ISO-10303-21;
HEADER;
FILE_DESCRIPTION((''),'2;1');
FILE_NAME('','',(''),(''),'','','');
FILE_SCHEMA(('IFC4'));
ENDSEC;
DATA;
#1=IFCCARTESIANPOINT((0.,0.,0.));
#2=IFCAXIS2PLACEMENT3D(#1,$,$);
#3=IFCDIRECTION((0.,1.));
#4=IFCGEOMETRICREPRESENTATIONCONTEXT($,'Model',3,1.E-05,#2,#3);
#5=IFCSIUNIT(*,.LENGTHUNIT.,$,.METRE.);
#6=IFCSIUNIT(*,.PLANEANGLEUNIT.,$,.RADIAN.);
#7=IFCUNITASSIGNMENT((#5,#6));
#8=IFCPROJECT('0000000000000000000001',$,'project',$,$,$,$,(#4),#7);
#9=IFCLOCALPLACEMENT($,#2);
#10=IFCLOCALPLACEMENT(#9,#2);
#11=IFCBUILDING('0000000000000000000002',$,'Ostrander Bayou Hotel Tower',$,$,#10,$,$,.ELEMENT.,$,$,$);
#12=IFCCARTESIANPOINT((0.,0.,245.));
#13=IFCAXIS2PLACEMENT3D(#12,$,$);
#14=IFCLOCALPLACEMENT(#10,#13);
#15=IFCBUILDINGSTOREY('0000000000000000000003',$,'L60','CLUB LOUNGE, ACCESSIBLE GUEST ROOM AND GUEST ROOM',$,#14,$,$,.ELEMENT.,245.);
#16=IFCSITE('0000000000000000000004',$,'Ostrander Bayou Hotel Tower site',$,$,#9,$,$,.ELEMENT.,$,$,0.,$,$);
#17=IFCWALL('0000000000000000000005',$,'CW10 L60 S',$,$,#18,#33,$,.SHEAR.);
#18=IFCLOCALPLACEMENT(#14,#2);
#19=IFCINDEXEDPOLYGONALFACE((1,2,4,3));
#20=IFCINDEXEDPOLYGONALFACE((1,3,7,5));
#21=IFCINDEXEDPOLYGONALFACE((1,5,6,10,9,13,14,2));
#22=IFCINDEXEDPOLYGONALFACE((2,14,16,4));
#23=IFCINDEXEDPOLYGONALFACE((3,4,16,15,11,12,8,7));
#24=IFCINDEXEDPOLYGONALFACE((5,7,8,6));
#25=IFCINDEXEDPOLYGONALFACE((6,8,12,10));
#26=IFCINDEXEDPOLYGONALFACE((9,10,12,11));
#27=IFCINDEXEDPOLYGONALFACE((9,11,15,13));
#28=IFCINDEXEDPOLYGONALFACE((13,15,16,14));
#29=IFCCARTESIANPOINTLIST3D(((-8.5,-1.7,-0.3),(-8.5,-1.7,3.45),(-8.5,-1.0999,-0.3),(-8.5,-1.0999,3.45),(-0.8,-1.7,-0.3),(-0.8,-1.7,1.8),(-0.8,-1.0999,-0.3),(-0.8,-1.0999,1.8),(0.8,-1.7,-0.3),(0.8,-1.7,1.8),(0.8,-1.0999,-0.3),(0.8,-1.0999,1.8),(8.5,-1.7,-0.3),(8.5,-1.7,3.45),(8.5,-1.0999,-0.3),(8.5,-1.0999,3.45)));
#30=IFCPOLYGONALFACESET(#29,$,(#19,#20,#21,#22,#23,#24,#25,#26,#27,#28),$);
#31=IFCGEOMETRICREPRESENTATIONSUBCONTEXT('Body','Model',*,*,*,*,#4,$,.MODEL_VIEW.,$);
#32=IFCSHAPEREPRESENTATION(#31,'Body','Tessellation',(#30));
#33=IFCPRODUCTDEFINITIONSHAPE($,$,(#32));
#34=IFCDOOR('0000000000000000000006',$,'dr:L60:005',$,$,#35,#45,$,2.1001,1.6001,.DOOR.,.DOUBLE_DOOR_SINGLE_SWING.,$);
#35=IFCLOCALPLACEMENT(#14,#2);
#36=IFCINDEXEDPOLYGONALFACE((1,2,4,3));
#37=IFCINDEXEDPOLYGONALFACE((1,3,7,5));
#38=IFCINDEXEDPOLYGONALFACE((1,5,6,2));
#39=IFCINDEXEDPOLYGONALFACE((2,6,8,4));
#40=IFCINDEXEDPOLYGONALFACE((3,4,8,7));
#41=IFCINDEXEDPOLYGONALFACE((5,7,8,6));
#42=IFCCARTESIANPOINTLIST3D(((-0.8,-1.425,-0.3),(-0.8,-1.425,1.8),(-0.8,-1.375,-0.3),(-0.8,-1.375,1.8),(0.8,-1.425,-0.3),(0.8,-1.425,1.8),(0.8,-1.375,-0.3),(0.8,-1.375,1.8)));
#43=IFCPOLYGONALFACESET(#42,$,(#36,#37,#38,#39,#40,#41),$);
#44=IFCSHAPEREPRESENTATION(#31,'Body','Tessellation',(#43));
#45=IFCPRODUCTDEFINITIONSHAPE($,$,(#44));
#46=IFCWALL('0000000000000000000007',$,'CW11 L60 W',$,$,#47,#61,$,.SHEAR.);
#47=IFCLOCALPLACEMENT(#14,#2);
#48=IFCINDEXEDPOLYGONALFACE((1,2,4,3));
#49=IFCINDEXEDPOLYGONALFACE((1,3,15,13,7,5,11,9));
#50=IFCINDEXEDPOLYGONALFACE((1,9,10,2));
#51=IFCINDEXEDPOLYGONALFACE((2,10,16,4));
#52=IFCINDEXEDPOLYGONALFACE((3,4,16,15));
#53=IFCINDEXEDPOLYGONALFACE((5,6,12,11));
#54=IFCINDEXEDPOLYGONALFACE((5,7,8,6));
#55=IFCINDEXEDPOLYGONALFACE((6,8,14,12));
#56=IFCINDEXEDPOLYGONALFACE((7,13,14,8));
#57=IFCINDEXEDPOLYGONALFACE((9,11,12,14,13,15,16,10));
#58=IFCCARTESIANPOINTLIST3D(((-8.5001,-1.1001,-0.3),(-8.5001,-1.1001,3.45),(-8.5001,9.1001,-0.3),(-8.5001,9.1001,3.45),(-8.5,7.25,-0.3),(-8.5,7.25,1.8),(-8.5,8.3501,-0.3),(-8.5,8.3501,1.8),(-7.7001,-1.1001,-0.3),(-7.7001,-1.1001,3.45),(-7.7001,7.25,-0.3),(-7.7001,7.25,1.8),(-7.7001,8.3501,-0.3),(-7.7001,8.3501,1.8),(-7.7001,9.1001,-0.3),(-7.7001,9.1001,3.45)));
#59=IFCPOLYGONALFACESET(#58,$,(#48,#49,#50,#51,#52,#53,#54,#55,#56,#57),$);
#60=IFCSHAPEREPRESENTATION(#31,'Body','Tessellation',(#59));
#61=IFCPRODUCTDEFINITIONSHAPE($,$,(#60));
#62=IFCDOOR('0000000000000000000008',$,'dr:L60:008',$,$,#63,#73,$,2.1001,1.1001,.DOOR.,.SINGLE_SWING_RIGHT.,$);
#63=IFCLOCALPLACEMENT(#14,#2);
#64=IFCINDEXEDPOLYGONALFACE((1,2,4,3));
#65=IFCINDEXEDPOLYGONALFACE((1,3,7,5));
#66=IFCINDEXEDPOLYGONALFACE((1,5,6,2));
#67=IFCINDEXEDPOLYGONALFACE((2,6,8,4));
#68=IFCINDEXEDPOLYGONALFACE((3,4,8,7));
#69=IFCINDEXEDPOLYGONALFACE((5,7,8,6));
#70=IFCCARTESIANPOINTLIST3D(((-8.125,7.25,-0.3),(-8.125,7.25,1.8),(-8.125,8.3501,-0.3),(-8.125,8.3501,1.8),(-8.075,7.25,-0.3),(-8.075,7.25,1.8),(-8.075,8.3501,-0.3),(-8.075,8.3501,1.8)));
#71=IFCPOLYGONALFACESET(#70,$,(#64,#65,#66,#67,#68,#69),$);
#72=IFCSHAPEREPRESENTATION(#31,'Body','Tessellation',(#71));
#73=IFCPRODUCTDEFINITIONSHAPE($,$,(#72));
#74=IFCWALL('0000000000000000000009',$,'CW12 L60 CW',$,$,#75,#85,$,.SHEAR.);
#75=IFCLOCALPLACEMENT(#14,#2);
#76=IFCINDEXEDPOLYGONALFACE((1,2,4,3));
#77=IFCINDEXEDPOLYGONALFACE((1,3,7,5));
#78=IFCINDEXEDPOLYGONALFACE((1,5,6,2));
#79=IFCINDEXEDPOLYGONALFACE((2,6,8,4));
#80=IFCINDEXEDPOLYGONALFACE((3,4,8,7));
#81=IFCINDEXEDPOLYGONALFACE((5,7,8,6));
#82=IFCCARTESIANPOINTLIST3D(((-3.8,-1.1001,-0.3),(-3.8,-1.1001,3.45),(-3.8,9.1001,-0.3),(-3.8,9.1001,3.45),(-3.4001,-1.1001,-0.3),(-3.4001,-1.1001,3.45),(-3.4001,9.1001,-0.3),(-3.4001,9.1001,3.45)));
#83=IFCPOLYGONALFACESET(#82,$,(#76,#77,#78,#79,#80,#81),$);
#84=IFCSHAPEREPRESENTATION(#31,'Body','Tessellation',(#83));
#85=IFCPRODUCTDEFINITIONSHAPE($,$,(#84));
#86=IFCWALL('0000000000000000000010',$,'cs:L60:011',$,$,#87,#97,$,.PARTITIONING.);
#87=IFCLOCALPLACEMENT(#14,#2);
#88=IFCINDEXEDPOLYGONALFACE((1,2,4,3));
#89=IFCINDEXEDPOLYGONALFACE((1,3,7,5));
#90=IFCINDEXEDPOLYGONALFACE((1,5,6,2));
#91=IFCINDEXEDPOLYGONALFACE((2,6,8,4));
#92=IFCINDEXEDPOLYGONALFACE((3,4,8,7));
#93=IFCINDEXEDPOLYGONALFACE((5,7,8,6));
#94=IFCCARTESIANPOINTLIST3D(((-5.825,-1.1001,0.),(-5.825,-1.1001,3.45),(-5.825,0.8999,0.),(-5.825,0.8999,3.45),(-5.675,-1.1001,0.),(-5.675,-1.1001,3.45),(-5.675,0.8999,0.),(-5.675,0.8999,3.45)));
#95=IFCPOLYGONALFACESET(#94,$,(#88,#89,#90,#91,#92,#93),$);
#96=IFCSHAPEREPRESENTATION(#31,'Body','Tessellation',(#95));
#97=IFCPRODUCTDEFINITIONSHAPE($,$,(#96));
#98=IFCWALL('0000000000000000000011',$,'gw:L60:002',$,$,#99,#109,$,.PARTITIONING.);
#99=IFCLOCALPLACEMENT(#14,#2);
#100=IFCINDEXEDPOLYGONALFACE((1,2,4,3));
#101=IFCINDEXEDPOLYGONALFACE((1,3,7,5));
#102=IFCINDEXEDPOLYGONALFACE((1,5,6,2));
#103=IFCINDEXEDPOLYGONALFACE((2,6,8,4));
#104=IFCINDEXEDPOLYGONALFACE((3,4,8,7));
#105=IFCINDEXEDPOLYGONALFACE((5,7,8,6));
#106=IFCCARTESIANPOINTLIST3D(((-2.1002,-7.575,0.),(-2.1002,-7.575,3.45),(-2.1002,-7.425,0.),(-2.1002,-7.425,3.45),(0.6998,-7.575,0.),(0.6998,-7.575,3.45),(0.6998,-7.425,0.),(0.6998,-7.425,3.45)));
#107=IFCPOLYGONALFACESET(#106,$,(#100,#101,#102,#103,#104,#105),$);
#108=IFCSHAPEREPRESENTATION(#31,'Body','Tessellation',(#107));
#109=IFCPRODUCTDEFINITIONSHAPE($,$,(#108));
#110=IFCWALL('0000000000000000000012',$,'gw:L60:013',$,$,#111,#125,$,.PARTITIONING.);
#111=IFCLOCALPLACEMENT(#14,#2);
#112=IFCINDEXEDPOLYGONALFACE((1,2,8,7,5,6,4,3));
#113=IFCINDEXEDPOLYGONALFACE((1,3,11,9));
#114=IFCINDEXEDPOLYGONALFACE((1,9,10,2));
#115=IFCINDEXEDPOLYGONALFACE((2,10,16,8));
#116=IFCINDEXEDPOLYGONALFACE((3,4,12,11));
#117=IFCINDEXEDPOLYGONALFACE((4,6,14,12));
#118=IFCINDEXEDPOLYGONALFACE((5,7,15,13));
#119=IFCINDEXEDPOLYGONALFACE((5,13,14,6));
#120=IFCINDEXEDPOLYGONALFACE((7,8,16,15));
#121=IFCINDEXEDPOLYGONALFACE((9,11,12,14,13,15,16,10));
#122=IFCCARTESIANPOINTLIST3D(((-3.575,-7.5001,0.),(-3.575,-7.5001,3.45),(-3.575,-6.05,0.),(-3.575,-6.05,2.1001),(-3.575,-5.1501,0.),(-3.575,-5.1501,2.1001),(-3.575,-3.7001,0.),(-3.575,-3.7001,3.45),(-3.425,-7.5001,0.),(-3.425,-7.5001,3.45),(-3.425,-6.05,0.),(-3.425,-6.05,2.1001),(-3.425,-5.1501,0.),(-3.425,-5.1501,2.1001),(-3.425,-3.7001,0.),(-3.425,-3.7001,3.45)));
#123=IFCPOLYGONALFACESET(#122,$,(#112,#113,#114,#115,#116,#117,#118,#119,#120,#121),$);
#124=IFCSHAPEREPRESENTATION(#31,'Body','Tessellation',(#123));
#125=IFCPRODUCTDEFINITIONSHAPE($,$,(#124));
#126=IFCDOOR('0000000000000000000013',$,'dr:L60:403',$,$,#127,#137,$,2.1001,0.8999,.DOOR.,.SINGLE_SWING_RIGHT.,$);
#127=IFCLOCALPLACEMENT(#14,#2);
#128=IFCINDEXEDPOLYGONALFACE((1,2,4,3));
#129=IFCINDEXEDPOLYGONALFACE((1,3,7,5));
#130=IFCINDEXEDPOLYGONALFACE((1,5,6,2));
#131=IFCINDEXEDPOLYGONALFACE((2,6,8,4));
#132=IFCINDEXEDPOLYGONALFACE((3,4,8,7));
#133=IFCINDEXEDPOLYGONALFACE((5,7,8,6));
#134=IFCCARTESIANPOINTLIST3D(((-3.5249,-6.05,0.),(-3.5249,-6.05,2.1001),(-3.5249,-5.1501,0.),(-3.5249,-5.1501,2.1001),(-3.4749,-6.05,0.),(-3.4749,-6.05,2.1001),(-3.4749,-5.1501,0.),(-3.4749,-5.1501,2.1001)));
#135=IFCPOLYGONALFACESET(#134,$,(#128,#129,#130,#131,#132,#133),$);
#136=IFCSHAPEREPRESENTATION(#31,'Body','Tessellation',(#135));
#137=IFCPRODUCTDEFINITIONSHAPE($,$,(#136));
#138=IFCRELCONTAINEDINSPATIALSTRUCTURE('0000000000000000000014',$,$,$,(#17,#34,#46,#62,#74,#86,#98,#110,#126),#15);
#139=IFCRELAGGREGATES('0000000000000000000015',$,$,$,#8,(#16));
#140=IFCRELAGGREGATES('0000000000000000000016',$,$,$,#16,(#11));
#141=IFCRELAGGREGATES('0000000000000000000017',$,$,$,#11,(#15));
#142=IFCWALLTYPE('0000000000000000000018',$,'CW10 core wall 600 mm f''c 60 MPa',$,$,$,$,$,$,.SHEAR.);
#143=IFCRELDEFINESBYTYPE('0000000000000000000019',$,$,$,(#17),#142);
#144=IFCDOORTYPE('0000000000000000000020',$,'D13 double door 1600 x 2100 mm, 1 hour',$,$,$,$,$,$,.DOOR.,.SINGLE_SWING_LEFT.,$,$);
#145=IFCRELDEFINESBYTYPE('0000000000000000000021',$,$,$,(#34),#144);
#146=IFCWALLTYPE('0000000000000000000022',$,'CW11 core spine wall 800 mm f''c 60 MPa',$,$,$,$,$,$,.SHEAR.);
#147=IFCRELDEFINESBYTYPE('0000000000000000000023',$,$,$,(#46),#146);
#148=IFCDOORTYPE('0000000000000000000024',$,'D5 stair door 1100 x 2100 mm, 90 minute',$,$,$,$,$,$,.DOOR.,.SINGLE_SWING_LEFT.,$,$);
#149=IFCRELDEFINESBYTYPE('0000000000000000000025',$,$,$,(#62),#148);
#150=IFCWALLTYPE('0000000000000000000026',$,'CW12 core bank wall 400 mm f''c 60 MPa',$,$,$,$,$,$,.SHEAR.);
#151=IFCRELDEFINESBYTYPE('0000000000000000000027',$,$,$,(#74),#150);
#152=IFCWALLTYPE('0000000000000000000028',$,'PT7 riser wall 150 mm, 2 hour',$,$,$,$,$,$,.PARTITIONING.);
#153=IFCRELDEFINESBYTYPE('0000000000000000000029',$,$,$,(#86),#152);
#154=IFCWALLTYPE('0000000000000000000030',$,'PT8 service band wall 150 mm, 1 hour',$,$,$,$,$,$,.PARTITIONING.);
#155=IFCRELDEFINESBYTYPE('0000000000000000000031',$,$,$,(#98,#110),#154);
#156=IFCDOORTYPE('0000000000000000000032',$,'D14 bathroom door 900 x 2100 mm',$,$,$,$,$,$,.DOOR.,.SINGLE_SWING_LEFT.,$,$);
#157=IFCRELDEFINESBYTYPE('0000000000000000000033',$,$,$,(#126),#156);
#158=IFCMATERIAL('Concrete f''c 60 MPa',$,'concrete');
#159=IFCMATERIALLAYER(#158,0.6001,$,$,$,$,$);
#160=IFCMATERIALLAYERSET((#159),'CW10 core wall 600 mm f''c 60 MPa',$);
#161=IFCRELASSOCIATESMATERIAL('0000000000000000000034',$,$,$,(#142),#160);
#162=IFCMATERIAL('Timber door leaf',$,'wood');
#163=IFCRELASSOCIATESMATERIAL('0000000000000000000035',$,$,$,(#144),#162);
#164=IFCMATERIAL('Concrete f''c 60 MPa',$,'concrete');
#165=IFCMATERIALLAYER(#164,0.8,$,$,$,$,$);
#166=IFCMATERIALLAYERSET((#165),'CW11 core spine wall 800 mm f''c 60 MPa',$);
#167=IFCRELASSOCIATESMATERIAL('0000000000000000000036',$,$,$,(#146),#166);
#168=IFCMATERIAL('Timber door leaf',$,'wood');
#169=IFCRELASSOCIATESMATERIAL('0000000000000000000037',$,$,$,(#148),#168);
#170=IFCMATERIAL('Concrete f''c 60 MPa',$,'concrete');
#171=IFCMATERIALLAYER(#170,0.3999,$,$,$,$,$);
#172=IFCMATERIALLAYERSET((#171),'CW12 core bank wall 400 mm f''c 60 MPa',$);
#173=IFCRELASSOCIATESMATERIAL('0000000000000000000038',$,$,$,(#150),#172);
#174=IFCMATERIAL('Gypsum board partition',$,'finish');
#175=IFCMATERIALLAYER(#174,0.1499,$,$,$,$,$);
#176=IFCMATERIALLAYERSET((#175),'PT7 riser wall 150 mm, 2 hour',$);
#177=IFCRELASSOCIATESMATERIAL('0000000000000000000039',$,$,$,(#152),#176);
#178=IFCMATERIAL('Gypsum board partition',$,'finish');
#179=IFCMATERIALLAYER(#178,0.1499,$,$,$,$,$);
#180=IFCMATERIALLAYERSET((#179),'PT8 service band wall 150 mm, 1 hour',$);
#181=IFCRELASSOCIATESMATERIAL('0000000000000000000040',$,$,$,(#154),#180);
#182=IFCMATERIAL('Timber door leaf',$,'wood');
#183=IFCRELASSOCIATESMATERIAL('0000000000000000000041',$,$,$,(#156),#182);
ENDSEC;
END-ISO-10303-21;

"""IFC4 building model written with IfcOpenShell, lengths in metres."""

from ifc_helpers import new_model, si_unit, direction, frame, frame_2d, origin, place, context, subcontext, project, spatial, rectangle, extrude, material, layer, layer_set, type_object, element, fill, save


model = new_model("IFC4")

# Units and contexts
model_context = context("Model", 3, precision=1e-05, world=origin(), true_north=direction((0.0, 1.0)))
body_context = subcontext(model_context, "Body", "Model", "MODEL_VIEW")
ifc_project = project(units=[si_unit("LENGTHUNIT", "METRE"), si_unit("PLANEANGLEUNIT", "RADIAN")], contexts=[model_context])

# Site, building, storey
site_placement = place(None, origin())
site = spatial("IfcSite", under=ifc_project, at=site_placement, Name="Ostrander Bayou Hotel Tower site", CompositionType="ELEMENT", RefElevation=0.0)
building_placement = place(site_placement, origin())
building = spatial("IfcBuilding", under=site, at=building_placement, Name="Ostrander Bayou Hotel Tower", CompositionType="ELEMENT")
storey_placement = place(building_placement, frame((0.0, 0.0, 245.0)))
storey = spatial("IfcBuildingStorey", under=building, at=storey_placement, Name="L60", Description="CLUB LOUNGE, ACCESSIBLE GUEST ROOM AND GUEST ROOM", CompositionType="ELEMENT", Elevation=245.0)

# Walls, openings, doors
ifc_material_1 = material(Name="Concrete f'c 60 MPa", Category="concrete")
ifc_layer_1 = layer(ifc_material_1, 0.6001)
ifc_layer_set_1 = layer_set([ifc_layer_1], Name="CW10 core wall 600 mm f'c 60 MPa")
wall_type_1 = type_object("IfcWallType", Name="CW10 core wall 600 mm f'c 60 MPa", PredefinedType="SHEAR", material=ifc_layer_set_1)
wall_1_placement = place(storey_placement, frame((-8.5, -1.3999, -0.3), z_axis=(0.0, 0.0, 1.0), x_axis=(1.0, 0.0, 0.0)))
wall_1 = element("IfcWall", 1, at=wall_1_placement, inside=storey, type_object=wall_type_1, Name="CW10 L60 S", PredefinedType="SHEAR", context=body_context, shape_type="SweptSolid", body=[
    extrude(rectangle(XDim=17.0, YDim=0.6001, at=frame_2d((8.5, 0.0))), origin(), (0.0, 0.0, 1.0), 3.75),
])
opening_1_placement = place(wall_1_placement, frame((7.7, 0.0, 0.0)))
opening_1 = element("IfcOpeningElement", 2, at=opening_1_placement, cuts=wall_1, PredefinedType="OPENING", context=body_context, shape_type="SweptSolid", body=[
    extrude(rectangle(XDim=1.6001, YDim=2.1001, at=frame_2d((0.8, 1.05))), frame((0.0, 0.3, 0.0), z_axis=(0.0, -1.0, 0.0), x_axis=(1.0, 0.0, 0.0)), (0.0, 0.0, 1.0), 0.6001),
])
ifc_material_2 = material(Name="Timber door leaf", Category="wood")
door_type_1 = type_object("IfcDoorType", Name="D13 double door 1600 x 2100 mm, 1 hour", OperationType="SINGLE_SWING_LEFT", PredefinedType="DOOR", material=ifc_material_2)
door_1_placement = place(opening_1_placement, origin())
door_1 = element("IfcDoor", 3, at=door_1_placement, inside=storey, type_object=door_type_1, Name="dr:L60:005", OperationType="DOUBLE_DOOR_SINGLE_SWING", OverallHeight=2.1001, OverallWidth=1.6001, PredefinedType="DOOR", context=body_context, shape_type="SweptSolid", body=[
    extrude(rectangle(XDim=1.6001, YDim=2.1001, at=frame_2d((0.8, 1.05))), frame((0.0, 0.0249, 0.0), z_axis=(0.0, -1.0, 0.0), x_axis=(1.0, 0.0, 0.0)), (0.0, 0.0, 1.0), 0.05),
])
fill(opening_1, door_1)
ifc_material_3 = material(Name="Concrete f'c 60 MPa", Category="concrete")
ifc_layer_2 = layer(ifc_material_3, 0.8)
ifc_layer_set_2 = layer_set([ifc_layer_2], Name="CW11 core spine wall 800 mm f'c 60 MPa")
wall_type_2 = type_object("IfcWallType", Name="CW11 core spine wall 800 mm f'c 60 MPa", PredefinedType="SHEAR", material=ifc_layer_set_2)
wall_2_placement = place(storey_placement, frame((-8.1001, -1.1001, -0.3), z_axis=(0.0, 0.0, 1.0), x_axis=(0.0, 1.0, 0.0)))
wall_2 = element("IfcWall", 4, at=wall_2_placement, inside=storey, type_object=wall_type_2, Name="CW11 L60 W", PredefinedType="SHEAR", context=body_context, shape_type="SweptSolid", body=[
    extrude(rectangle(XDim=10.2002, YDim=0.8, at=frame_2d((5.1001, 0.0))), origin(), (0.0, 0.0, 1.0), 3.75),
])
opening_2_placement = place(wall_2_placement, frame((8.3501, 0.0, 0.0)))
opening_2 = element("IfcOpeningElement", 5, at=opening_2_placement, cuts=wall_2, PredefinedType="OPENING", context=body_context, shape_type="SweptSolid", body=[
    extrude(rectangle(XDim=1.1001, YDim=2.1001, at=frame_2d((0.55, 1.05))), frame((0.0, 0.3999, 0.0), z_axis=(0.0, -1.0, 0.0), x_axis=(1.0, 0.0, 0.0)), (0.0, 0.0, 1.0), 0.8),
])
ifc_material_4 = material(Name="Timber door leaf", Category="wood")
door_type_2 = type_object("IfcDoorType", Name="D5 stair door 1100 x 2100 mm, 90 minute", OperationType="SINGLE_SWING_LEFT", PredefinedType="DOOR", material=ifc_material_4)
door_2_placement = place(opening_2_placement, origin())
door_2 = element("IfcDoor", 6, at=door_2_placement, inside=storey, type_object=door_type_2, Name="dr:L60:008", OperationType="SINGLE_SWING_RIGHT", OverallHeight=2.1001, OverallWidth=1.1001, PredefinedType="DOOR", context=body_context, shape_type="SweptSolid", body=[
    extrude(rectangle(XDim=1.1001, YDim=2.1001, at=frame_2d((0.55, 1.05))), frame((0.0, 0.0249, 0.0), z_axis=(0.0, -1.0, 0.0), x_axis=(1.0, 0.0, 0.0)), (0.0, 0.0, 1.0), 0.05),
])
fill(opening_2, door_2)

# Walls
ifc_material_5 = material(Name="Concrete f'c 60 MPa", Category="concrete")
ifc_layer_3 = layer(ifc_material_5, 0.3999)
ifc_layer_set_3 = layer_set([ifc_layer_3], Name="CW12 core bank wall 400 mm f'c 60 MPa")
wall_type_3 = type_object("IfcWallType", Name="CW12 core bank wall 400 mm f'c 60 MPa", PredefinedType="SHEAR", material=ifc_layer_set_3)
wall_3_placement = place(storey_placement, frame((-3.6001, -1.1001, -0.3), z_axis=(0.0, 0.0, 1.0), x_axis=(0.0, 1.0, 0.0)))
element("IfcWall", 7, at=wall_3_placement, inside=storey, type_object=wall_type_3, Name="CW12 L60 CW", PredefinedType="SHEAR", context=body_context, shape_type="SweptSolid", body=[
    extrude(rectangle(XDim=10.2002, YDim=0.3999, at=frame_2d((5.1001, 0.0))), origin(), (0.0, 0.0, 1.0), 3.75),
])
ifc_material_6 = material(Name="Gypsum board partition", Category="finish")
ifc_layer_4 = layer(ifc_material_6, 0.1499)
ifc_layer_set_4 = layer_set([ifc_layer_4], Name="PT7 riser wall 150 mm, 2 hour")
wall_type_4 = type_object("IfcWallType", Name="PT7 riser wall 150 mm, 2 hour", PredefinedType="PARTITIONING", material=ifc_layer_set_4)
wall_4_placement = place(storey_placement, frame((-5.75, -1.1001, 0.0), z_axis=(0.0, 0.0, 1.0), x_axis=(0.0, 1.0, 0.0)))
element("IfcWall", 8, at=wall_4_placement, inside=storey, type_object=wall_type_4, Name="cs:L60:011", PredefinedType="PARTITIONING", context=body_context, shape_type="SweptSolid", body=[
    extrude(rectangle(XDim=2.0, YDim=0.1499, at=frame_2d((1.0, 0.0))), origin(), (0.0, 0.0, 1.0), 3.45),
])
ifc_material_7 = material(Name="Gypsum board partition", Category="finish")
ifc_layer_5 = layer(ifc_material_7, 0.1499)
ifc_layer_set_5 = layer_set([ifc_layer_5], Name="PT8 service band wall 150 mm, 1 hour")
wall_type_5 = type_object("IfcWallType", Name="PT8 service band wall 150 mm, 1 hour", PredefinedType="PARTITIONING", material=ifc_layer_set_5)
wall_5_placement = place(storey_placement, frame((-2.1001, -7.5, 0.0), z_axis=(0.0, 0.0, 1.0), x_axis=(1.0, 0.0, 0.0)))
element("IfcWall", 9, at=wall_5_placement, inside=storey, type_object=wall_type_5, Name="gw:L60:002", PredefinedType="PARTITIONING", context=body_context, shape_type="SweptSolid", body=[
    extrude(rectangle(XDim=2.8, YDim=0.1499, at=frame_2d((1.3999, 0.0))), origin(), (0.0, 0.0, 1.0), 3.45),
])

# Wall, opening, door
wall_6_placement = place(storey_placement, frame((-3.5, -7.5, 0.0), z_axis=(0.0, 0.0, 1.0), x_axis=(0.0, 1.0, 0.0)))
wall_6 = element("IfcWall", 10, at=wall_6_placement, inside=storey, type_object=wall_type_5, Name="gw:L60:013", PredefinedType="PARTITIONING", context=body_context, shape_type="SweptSolid", body=[
    extrude(rectangle(XDim=3.8, YDim=0.1499, at=frame_2d((1.8999, 0.0))), origin(), (0.0, 0.0, 1.0), 3.45),
])
opening_3_placement = place(wall_6_placement, frame((1.45, 0.0, 0.0)))
opening_3 = element("IfcOpeningElement", 11, at=opening_3_placement, cuts=wall_6, PredefinedType="OPENING", context=body_context, shape_type="SweptSolid", body=[
    extrude(rectangle(XDim=0.8999, YDim=2.1001, at=frame_2d((0.45, 1.05))), frame((0.0, 0.075, 0.0), z_axis=(0.0, -1.0, 0.0), x_axis=(1.0, 0.0, 0.0)), (0.0, 0.0, 1.0), 0.1499),
])
ifc_material_8 = material(Name="Timber door leaf", Category="wood")
door_type_3 = type_object("IfcDoorType", Name="D14 bathroom door 900 x 2100 mm", OperationType="SINGLE_SWING_LEFT", PredefinedType="DOOR", material=ifc_material_8)
door_3_placement = place(opening_3_placement, origin())
door_3 = element("IfcDoor", 12, at=door_3_placement, inside=storey, type_object=door_type_3, Name="dr:L60:403", OperationType="SINGLE_SWING_RIGHT", OverallHeight=2.1001, OverallWidth=0.8999, PredefinedType="DOOR", context=body_context, shape_type="SweptSolid", body=[
    extrude(rectangle(XDim=0.8999, YDim=2.1001, at=frame_2d((0.45, 1.05))), frame((0.0, 0.0249, 0.0), z_axis=(0.0, -1.0, 0.0), x_axis=(1.0, 0.0, 0.0)), (0.0, 0.0, 1.0), 0.05),
])
fill(opening_3, door_3)

save(model, "model.ifc")
